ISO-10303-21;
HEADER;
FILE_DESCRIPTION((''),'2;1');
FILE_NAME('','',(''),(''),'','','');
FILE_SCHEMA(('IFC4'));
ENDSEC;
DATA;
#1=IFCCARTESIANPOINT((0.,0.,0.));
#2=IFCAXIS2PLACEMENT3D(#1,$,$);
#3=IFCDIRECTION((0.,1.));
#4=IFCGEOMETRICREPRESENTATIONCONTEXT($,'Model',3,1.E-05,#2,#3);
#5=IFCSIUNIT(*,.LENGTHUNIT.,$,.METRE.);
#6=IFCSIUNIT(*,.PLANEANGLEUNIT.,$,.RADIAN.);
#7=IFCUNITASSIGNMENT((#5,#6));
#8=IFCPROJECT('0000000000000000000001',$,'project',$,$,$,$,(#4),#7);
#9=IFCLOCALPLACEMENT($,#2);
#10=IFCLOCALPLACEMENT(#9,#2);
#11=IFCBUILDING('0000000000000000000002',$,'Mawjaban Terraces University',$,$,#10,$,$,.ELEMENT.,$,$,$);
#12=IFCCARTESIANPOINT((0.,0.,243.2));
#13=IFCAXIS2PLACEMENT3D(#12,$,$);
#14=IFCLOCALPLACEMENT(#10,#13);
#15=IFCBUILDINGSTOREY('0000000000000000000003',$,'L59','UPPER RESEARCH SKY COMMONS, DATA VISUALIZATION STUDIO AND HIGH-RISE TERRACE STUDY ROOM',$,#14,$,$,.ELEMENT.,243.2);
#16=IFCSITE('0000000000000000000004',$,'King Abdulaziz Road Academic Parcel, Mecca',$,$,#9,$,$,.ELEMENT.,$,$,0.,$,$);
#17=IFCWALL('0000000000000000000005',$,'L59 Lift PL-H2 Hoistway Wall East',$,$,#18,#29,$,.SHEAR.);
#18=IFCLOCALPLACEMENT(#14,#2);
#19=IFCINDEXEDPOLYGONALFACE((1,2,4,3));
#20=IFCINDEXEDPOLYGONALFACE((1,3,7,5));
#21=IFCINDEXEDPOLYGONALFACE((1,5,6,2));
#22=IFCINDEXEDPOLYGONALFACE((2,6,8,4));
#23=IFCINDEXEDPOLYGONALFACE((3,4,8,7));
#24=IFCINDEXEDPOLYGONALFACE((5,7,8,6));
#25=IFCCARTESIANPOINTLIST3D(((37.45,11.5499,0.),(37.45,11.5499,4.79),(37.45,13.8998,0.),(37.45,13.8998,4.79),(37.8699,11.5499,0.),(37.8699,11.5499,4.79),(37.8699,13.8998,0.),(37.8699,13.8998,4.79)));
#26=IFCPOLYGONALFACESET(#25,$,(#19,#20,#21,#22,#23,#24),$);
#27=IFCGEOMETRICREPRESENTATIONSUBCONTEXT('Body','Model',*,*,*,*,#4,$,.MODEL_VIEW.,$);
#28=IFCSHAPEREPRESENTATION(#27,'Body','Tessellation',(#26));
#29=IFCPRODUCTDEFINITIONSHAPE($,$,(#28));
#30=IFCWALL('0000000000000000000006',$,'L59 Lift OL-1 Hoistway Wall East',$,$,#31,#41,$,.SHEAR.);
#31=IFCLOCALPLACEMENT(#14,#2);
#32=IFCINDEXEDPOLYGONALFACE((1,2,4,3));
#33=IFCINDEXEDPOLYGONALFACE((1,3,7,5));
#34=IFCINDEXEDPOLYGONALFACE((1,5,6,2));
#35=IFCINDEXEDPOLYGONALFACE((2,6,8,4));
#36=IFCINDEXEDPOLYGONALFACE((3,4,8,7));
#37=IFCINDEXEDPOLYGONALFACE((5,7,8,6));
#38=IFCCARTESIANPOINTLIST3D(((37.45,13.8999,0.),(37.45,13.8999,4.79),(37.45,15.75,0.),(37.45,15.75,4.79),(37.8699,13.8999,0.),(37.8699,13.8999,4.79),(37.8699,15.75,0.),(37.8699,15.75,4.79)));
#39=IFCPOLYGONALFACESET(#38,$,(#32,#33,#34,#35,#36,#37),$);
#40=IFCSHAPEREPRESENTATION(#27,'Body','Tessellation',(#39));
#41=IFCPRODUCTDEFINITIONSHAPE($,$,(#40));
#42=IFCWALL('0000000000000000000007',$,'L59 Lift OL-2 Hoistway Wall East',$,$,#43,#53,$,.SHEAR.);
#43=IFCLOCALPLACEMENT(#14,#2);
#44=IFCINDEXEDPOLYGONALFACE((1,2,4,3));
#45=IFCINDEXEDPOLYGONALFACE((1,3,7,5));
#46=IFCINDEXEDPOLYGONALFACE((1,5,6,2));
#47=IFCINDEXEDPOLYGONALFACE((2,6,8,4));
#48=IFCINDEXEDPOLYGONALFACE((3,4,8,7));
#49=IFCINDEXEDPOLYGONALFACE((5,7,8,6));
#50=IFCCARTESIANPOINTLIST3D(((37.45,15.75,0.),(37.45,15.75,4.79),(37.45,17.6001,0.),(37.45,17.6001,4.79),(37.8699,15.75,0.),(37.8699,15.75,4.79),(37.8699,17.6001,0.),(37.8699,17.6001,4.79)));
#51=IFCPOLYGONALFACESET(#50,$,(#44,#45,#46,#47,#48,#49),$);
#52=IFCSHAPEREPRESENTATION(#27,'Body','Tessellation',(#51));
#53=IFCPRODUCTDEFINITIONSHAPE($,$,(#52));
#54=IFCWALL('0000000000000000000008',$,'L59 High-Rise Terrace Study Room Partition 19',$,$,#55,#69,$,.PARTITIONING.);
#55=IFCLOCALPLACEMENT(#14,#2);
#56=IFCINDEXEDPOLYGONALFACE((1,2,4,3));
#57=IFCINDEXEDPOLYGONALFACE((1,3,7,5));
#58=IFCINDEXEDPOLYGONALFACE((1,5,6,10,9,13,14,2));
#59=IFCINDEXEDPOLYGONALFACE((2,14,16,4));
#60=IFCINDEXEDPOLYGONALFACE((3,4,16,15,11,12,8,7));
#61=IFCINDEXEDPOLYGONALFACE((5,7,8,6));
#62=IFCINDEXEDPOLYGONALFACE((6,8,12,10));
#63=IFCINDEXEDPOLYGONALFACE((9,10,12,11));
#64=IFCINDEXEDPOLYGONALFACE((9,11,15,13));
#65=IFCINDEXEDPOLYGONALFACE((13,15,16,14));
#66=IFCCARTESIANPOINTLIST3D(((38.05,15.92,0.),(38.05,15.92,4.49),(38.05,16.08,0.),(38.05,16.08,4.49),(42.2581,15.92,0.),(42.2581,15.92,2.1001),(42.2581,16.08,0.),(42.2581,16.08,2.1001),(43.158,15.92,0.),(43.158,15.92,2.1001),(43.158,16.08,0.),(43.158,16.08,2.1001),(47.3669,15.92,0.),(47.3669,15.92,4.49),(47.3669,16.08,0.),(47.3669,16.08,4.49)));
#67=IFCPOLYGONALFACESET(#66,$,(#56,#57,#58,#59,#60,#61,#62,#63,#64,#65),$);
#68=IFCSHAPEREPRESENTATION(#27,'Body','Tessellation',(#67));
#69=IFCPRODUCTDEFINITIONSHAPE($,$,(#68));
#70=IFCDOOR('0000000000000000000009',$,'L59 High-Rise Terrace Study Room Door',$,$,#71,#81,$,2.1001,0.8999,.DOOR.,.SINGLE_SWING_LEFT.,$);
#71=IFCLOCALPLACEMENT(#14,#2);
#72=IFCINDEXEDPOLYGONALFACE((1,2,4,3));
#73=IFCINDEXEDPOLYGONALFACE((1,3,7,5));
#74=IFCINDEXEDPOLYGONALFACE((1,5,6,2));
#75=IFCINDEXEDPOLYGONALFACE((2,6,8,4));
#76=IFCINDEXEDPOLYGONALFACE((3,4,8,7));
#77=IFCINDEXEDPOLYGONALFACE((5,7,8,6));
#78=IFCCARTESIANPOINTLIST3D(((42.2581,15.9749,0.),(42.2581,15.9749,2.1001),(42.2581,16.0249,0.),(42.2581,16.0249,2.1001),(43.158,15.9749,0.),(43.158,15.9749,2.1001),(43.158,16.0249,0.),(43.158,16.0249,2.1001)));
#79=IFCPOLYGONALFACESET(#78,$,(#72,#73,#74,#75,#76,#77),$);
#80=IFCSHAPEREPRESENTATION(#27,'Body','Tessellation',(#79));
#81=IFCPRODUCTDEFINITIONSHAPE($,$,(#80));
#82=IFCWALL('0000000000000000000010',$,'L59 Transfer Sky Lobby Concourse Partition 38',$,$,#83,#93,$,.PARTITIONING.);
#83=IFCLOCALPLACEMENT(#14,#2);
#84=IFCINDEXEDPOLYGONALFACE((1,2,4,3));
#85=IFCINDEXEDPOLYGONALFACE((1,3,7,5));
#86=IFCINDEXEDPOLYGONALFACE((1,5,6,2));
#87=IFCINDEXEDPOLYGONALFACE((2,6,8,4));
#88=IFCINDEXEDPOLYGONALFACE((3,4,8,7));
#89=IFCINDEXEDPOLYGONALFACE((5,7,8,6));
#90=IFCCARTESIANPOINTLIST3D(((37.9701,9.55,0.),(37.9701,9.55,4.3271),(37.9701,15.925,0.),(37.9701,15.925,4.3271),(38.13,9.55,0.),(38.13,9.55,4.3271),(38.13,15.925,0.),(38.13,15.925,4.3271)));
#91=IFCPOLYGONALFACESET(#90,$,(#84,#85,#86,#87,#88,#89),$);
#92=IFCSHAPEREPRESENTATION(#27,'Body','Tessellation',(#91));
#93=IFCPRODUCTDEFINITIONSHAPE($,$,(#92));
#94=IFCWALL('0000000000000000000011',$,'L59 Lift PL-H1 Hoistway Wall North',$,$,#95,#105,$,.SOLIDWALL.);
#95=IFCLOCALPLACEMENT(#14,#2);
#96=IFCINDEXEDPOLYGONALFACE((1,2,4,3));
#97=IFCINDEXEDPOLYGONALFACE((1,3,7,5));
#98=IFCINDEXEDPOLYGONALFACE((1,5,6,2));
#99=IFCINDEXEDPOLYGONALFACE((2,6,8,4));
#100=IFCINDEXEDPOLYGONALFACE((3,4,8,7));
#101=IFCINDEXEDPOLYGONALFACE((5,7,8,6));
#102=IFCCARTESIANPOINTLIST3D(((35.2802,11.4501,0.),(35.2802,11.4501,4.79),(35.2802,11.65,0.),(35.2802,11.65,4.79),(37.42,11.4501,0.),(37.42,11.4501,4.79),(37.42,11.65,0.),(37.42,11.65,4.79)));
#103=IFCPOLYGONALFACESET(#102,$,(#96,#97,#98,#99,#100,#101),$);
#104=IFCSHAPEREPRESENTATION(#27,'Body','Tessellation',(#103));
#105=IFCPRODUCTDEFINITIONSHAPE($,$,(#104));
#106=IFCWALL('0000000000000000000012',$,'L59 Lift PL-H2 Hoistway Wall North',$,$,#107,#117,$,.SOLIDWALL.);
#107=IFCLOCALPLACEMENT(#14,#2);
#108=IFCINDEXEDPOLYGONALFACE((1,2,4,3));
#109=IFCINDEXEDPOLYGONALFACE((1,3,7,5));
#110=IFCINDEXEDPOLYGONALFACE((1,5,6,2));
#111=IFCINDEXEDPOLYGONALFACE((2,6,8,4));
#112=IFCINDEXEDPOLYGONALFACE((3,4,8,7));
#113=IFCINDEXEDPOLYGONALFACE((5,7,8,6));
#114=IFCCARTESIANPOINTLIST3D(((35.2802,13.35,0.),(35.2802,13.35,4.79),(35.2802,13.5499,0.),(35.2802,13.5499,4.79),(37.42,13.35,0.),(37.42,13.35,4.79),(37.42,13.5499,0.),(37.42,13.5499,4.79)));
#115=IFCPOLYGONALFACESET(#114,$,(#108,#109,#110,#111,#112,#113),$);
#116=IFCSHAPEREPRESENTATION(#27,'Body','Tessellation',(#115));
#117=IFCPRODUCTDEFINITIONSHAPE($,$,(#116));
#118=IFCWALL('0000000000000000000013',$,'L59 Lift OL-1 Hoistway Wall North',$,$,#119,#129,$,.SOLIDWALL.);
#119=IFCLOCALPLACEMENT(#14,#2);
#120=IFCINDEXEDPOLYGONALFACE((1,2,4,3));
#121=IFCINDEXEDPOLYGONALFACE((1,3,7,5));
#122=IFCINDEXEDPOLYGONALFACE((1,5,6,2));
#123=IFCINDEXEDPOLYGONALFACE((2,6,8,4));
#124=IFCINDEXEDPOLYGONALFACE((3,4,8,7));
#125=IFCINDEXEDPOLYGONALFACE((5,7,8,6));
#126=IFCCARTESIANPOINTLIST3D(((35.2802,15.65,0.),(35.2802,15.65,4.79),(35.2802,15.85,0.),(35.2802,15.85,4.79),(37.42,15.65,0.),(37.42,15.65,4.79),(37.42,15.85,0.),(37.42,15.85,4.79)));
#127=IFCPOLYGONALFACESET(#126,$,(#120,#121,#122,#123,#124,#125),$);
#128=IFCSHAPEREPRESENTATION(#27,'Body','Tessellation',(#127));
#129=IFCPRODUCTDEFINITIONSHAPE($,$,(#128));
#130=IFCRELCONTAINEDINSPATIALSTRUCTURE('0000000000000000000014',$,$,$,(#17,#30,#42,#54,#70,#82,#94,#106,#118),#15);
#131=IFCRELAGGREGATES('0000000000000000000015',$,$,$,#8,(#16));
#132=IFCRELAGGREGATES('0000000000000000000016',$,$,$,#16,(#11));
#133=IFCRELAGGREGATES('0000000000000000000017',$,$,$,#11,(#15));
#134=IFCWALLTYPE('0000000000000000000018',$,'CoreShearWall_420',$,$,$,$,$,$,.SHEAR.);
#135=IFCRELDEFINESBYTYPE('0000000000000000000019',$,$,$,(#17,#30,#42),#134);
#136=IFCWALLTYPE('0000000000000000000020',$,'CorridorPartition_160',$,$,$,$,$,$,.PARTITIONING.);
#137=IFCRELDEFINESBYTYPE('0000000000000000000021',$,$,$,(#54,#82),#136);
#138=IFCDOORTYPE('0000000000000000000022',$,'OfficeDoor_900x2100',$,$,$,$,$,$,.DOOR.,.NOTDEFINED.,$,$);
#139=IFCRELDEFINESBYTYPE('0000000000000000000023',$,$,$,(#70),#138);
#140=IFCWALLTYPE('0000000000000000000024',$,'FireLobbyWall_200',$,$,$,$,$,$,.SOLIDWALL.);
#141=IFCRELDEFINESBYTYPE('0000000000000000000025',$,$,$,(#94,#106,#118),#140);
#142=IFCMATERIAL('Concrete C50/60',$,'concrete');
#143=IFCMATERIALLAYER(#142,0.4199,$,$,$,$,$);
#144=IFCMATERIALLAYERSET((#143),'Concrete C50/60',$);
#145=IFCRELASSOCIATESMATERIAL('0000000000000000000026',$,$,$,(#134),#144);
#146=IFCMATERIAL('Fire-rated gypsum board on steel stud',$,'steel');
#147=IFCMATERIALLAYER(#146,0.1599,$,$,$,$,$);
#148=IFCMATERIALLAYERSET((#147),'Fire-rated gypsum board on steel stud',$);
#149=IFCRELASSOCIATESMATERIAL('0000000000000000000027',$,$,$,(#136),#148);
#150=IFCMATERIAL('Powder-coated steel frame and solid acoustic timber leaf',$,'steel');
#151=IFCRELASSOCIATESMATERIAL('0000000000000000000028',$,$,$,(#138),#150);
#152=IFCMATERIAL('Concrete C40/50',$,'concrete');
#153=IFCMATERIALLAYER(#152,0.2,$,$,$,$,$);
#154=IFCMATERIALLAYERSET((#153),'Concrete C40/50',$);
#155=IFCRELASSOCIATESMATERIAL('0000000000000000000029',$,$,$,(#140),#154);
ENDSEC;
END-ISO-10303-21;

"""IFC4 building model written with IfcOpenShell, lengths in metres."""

from ifc_helpers import new_model, si_unit, direction, frame, frame_2d, origin, place, context, subcontext, project, spatial, rectangle, extrude, material, layer, layer_set, type_object, element, fill, save


model = new_model("IFC4")

# Units and contexts
model_context = context("Model", 3, precision=1e-05, world=origin(), true_north=direction((0.0, 1.0)))
body_context = subcontext(model_context, "Body", "Model", "MODEL_VIEW")
ifc_project = project(units=[si_unit("LENGTHUNIT", "METRE"), si_unit("PLANEANGLEUNIT", "RADIAN")], contexts=[model_context])

# Site, building, storey
site_placement = place(None, origin())
site = spatial("IfcSite", under=ifc_project, at=site_placement, Name="King Abdulaziz Road Academic Parcel, Mecca", CompositionType="ELEMENT", RefElevation=0.0)
building_placement = place(site_placement, origin())
building = spatial("IfcBuilding", under=site, at=building_placement, Name="Mawjaban Terraces University", CompositionType="ELEMENT")
storey_placement = place(building_placement, frame((0.0, 0.0, 243.2)))
storey = spatial("IfcBuildingStorey", under=building, at=storey_placement, Name="L59", Description="UPPER RESEARCH SKY COMMONS, DATA VISUALIZATION STUDIO AND HIGH-RISE TERRACE STUDY ROOM", CompositionType="ELEMENT", Elevation=243.2)

# Shared definitions
ifc_material_1 = material(Name="Concrete C50/60", Category="concrete")

# Walls
ifc_layer_1 = layer(ifc_material_1, 0.4199)
ifc_layer_set_1 = layer_set([ifc_layer_1], Name="Concrete C50/60")
wall_type_1 = type_object("IfcWallType", Name="CoreShearWall_420", PredefinedType="SHEAR", material=ifc_layer_set_1)
wall_1_placement = place(storey_placement, frame((37.6599, 11.55, 0.0), z_axis=(0.0, 0.0, 1.0), x_axis=(0.0, 1.0, 0.0)))
element("IfcWall", 1, at=wall_1_placement, inside=storey, type_object=wall_type_1, Name="L59 Lift PL-H2 Hoistway Wall East", PredefinedType="SHEAR", context=body_context, shape_type="SweptSolid", body=[
    extrude(rectangle(XDim=2.3499, YDim=0.4199, at=frame_2d((1.1748, 0.0))), origin(), (0.0, 0.0, 1.0), 4.79),
])
for number, where, z_axis, x_axis, name in (
    (2, (37.6599, 13.8999, 0.0), (0.0, 0.0, 1.0), (0.0, 1.0, 0.0), "L59 Lift OL-1 Hoistway Wall East"),
    (3, (37.6599, 15.75, 0.0), (0.0, 0.0, 1.0), (0.0, 1.0, 0.0), "L59 Lift OL-2 Hoistway Wall East"),
):
    element("IfcWall", number, at=place(storey_placement, frame(where, z_axis=z_axis, x_axis=x_axis)), inside=storey, type_object=wall_type_1, Name=name, PredefinedType="SHEAR", context=body_context, shape_type="SweptSolid", body=[
        extrude(rectangle(XDim=1.8501, YDim=0.4199, at=frame_2d((0.925, 0.0))), origin(), (0.0, 0.0, 1.0), 4.79),
    ])

# Wall, opening, door
ifc_material_2 = material(Name="Fire-rated gypsum board on steel stud", Category="steel")
ifc_layer_2 = layer(ifc_material_2, 0.1599)
ifc_layer_set_2 = layer_set([ifc_layer_2], Name="Fire-rated gypsum board on steel stud")
wall_type_2 = type_object("IfcWallType", Name="CorridorPartition_160", PredefinedType="PARTITIONING", material=ifc_layer_set_2)
wall_2_placement = place(storey_placement, frame((38.05, 16.0, 0.0), z_axis=(0.0, 0.0, 1.0), x_axis=(1.0, 0.0, 0.0)))
wall_2 = element("IfcWall", 4, at=wall_2_placement, inside=storey, type_object=wall_type_2, Name="L59 High-Rise Terrace Study Room Partition 19", PredefinedType="PARTITIONING", context=body_context, shape_type="SweptSolid", body=[
    extrude(rectangle(XDim=9.3169, YDim=0.1599, at=frame_2d((4.6584, 0.0))), origin(), (0.0, 0.0, 1.0), 4.49),
])
opening_placement = place(wall_2_placement, frame((4.208, 0.0, 0.0)))
opening = element("IfcOpeningElement", 5, at=opening_placement, cuts=wall_2, PredefinedType="OPENING", context=body_context, shape_type="SweptSolid", body=[
    extrude(rectangle(XDim=0.8999, YDim=2.1001, at=frame_2d((0.45, 1.05))), frame((0.0, 0.0898, 0.0), z_axis=(0.0, -1.0, 0.0), x_axis=(1.0, 0.0, 0.0)), (0.0, 0.0, 1.0), 0.1799),
])
ifc_material_3 = material(Name="Powder-coated steel frame and solid acoustic timber leaf", Category="steel")
door_type = type_object("IfcDoorType", Name="OfficeDoor_900x2100", OperationType="NOTDEFINED", PredefinedType="DOOR", material=ifc_material_3)
door_placement = place(opening_placement, origin())
door = element("IfcDoor", 6, at=door_placement, inside=storey, type_object=door_type, Name="L59 High-Rise Terrace Study Room Door", OperationType="SINGLE_SWING_LEFT", OverallHeight=2.1001, OverallWidth=0.8999, PredefinedType="DOOR", context=body_context, shape_type="SweptSolid", body=[
    extrude(rectangle(XDim=0.8999, YDim=2.1001, at=frame_2d((0.45, 1.05))), frame((0.0, 0.0249, 0.0), z_axis=(0.0, -1.0, 0.0), x_axis=(1.0, 0.0, 0.0)), (0.0, 0.0, 1.0), 0.05),
])
fill(opening, door)

# Walls
wall_3_placement = place(storey_placement, frame((38.05, 15.925, 0.0), z_axis=(0.0, 0.0, 1.0), x_axis=(0.0, -1.0, 0.0)))
element("IfcWall", 7, at=wall_3_placement, inside=storey, type_object=wall_type_2, Name="L59 Transfer Sky Lobby Concourse Partition 38", PredefinedType="PARTITIONING", context=body_context, shape_type="SweptSolid", body=[
    extrude(rectangle(XDim=6.375, YDim=0.1599, at=frame_2d((3.1875, 0.0))), origin(), (0.0, 0.0, 1.0), 4.3271),
])
ifc_material_4 = material(Name="Concrete C40/50", Category="concrete")
ifc_layer_3 = layer(ifc_material_4, 0.2)
ifc_layer_set_3 = layer_set([ifc_layer_3], Name="Concrete C40/50")
wall_type_3 = type_object("IfcWallType", Name="FireLobbyWall_200", PredefinedType="SOLIDWALL", material=ifc_layer_set_3)
for number, where, z_axis, x_axis, name in (
    (8, (37.4199, 11.55, 0.0), (0.0, 0.0, 1.0), (-1.0, 0.0, 0.0), "L59 Lift PL-H1 Hoistway Wall North"),
    (9, (37.4199, 13.45, 0.0), (0.0, 0.0, 1.0), (-1.0, 0.0, 0.0), "L59 Lift PL-H2 Hoistway Wall North"),
    (10, (37.4199, 15.75, 0.0), (0.0, 0.0, 1.0), (-1.0, 0.0, 0.0), "L59 Lift OL-1 Hoistway Wall North"),
):
    element("IfcWall", number, at=place(storey_placement, frame(where, z_axis=z_axis, x_axis=x_axis)), inside=storey, type_object=wall_type_3, Name=name, PredefinedType="SOLIDWALL", context=body_context, shape_type="SweptSolid", body=[
        extrude(rectangle(XDim=2.1399, YDim=0.2, at=frame_2d((1.0698, 0.0))), origin(), (0.0, 0.0, 1.0), 4.79),
    ])

save(model, "model.ifc")
